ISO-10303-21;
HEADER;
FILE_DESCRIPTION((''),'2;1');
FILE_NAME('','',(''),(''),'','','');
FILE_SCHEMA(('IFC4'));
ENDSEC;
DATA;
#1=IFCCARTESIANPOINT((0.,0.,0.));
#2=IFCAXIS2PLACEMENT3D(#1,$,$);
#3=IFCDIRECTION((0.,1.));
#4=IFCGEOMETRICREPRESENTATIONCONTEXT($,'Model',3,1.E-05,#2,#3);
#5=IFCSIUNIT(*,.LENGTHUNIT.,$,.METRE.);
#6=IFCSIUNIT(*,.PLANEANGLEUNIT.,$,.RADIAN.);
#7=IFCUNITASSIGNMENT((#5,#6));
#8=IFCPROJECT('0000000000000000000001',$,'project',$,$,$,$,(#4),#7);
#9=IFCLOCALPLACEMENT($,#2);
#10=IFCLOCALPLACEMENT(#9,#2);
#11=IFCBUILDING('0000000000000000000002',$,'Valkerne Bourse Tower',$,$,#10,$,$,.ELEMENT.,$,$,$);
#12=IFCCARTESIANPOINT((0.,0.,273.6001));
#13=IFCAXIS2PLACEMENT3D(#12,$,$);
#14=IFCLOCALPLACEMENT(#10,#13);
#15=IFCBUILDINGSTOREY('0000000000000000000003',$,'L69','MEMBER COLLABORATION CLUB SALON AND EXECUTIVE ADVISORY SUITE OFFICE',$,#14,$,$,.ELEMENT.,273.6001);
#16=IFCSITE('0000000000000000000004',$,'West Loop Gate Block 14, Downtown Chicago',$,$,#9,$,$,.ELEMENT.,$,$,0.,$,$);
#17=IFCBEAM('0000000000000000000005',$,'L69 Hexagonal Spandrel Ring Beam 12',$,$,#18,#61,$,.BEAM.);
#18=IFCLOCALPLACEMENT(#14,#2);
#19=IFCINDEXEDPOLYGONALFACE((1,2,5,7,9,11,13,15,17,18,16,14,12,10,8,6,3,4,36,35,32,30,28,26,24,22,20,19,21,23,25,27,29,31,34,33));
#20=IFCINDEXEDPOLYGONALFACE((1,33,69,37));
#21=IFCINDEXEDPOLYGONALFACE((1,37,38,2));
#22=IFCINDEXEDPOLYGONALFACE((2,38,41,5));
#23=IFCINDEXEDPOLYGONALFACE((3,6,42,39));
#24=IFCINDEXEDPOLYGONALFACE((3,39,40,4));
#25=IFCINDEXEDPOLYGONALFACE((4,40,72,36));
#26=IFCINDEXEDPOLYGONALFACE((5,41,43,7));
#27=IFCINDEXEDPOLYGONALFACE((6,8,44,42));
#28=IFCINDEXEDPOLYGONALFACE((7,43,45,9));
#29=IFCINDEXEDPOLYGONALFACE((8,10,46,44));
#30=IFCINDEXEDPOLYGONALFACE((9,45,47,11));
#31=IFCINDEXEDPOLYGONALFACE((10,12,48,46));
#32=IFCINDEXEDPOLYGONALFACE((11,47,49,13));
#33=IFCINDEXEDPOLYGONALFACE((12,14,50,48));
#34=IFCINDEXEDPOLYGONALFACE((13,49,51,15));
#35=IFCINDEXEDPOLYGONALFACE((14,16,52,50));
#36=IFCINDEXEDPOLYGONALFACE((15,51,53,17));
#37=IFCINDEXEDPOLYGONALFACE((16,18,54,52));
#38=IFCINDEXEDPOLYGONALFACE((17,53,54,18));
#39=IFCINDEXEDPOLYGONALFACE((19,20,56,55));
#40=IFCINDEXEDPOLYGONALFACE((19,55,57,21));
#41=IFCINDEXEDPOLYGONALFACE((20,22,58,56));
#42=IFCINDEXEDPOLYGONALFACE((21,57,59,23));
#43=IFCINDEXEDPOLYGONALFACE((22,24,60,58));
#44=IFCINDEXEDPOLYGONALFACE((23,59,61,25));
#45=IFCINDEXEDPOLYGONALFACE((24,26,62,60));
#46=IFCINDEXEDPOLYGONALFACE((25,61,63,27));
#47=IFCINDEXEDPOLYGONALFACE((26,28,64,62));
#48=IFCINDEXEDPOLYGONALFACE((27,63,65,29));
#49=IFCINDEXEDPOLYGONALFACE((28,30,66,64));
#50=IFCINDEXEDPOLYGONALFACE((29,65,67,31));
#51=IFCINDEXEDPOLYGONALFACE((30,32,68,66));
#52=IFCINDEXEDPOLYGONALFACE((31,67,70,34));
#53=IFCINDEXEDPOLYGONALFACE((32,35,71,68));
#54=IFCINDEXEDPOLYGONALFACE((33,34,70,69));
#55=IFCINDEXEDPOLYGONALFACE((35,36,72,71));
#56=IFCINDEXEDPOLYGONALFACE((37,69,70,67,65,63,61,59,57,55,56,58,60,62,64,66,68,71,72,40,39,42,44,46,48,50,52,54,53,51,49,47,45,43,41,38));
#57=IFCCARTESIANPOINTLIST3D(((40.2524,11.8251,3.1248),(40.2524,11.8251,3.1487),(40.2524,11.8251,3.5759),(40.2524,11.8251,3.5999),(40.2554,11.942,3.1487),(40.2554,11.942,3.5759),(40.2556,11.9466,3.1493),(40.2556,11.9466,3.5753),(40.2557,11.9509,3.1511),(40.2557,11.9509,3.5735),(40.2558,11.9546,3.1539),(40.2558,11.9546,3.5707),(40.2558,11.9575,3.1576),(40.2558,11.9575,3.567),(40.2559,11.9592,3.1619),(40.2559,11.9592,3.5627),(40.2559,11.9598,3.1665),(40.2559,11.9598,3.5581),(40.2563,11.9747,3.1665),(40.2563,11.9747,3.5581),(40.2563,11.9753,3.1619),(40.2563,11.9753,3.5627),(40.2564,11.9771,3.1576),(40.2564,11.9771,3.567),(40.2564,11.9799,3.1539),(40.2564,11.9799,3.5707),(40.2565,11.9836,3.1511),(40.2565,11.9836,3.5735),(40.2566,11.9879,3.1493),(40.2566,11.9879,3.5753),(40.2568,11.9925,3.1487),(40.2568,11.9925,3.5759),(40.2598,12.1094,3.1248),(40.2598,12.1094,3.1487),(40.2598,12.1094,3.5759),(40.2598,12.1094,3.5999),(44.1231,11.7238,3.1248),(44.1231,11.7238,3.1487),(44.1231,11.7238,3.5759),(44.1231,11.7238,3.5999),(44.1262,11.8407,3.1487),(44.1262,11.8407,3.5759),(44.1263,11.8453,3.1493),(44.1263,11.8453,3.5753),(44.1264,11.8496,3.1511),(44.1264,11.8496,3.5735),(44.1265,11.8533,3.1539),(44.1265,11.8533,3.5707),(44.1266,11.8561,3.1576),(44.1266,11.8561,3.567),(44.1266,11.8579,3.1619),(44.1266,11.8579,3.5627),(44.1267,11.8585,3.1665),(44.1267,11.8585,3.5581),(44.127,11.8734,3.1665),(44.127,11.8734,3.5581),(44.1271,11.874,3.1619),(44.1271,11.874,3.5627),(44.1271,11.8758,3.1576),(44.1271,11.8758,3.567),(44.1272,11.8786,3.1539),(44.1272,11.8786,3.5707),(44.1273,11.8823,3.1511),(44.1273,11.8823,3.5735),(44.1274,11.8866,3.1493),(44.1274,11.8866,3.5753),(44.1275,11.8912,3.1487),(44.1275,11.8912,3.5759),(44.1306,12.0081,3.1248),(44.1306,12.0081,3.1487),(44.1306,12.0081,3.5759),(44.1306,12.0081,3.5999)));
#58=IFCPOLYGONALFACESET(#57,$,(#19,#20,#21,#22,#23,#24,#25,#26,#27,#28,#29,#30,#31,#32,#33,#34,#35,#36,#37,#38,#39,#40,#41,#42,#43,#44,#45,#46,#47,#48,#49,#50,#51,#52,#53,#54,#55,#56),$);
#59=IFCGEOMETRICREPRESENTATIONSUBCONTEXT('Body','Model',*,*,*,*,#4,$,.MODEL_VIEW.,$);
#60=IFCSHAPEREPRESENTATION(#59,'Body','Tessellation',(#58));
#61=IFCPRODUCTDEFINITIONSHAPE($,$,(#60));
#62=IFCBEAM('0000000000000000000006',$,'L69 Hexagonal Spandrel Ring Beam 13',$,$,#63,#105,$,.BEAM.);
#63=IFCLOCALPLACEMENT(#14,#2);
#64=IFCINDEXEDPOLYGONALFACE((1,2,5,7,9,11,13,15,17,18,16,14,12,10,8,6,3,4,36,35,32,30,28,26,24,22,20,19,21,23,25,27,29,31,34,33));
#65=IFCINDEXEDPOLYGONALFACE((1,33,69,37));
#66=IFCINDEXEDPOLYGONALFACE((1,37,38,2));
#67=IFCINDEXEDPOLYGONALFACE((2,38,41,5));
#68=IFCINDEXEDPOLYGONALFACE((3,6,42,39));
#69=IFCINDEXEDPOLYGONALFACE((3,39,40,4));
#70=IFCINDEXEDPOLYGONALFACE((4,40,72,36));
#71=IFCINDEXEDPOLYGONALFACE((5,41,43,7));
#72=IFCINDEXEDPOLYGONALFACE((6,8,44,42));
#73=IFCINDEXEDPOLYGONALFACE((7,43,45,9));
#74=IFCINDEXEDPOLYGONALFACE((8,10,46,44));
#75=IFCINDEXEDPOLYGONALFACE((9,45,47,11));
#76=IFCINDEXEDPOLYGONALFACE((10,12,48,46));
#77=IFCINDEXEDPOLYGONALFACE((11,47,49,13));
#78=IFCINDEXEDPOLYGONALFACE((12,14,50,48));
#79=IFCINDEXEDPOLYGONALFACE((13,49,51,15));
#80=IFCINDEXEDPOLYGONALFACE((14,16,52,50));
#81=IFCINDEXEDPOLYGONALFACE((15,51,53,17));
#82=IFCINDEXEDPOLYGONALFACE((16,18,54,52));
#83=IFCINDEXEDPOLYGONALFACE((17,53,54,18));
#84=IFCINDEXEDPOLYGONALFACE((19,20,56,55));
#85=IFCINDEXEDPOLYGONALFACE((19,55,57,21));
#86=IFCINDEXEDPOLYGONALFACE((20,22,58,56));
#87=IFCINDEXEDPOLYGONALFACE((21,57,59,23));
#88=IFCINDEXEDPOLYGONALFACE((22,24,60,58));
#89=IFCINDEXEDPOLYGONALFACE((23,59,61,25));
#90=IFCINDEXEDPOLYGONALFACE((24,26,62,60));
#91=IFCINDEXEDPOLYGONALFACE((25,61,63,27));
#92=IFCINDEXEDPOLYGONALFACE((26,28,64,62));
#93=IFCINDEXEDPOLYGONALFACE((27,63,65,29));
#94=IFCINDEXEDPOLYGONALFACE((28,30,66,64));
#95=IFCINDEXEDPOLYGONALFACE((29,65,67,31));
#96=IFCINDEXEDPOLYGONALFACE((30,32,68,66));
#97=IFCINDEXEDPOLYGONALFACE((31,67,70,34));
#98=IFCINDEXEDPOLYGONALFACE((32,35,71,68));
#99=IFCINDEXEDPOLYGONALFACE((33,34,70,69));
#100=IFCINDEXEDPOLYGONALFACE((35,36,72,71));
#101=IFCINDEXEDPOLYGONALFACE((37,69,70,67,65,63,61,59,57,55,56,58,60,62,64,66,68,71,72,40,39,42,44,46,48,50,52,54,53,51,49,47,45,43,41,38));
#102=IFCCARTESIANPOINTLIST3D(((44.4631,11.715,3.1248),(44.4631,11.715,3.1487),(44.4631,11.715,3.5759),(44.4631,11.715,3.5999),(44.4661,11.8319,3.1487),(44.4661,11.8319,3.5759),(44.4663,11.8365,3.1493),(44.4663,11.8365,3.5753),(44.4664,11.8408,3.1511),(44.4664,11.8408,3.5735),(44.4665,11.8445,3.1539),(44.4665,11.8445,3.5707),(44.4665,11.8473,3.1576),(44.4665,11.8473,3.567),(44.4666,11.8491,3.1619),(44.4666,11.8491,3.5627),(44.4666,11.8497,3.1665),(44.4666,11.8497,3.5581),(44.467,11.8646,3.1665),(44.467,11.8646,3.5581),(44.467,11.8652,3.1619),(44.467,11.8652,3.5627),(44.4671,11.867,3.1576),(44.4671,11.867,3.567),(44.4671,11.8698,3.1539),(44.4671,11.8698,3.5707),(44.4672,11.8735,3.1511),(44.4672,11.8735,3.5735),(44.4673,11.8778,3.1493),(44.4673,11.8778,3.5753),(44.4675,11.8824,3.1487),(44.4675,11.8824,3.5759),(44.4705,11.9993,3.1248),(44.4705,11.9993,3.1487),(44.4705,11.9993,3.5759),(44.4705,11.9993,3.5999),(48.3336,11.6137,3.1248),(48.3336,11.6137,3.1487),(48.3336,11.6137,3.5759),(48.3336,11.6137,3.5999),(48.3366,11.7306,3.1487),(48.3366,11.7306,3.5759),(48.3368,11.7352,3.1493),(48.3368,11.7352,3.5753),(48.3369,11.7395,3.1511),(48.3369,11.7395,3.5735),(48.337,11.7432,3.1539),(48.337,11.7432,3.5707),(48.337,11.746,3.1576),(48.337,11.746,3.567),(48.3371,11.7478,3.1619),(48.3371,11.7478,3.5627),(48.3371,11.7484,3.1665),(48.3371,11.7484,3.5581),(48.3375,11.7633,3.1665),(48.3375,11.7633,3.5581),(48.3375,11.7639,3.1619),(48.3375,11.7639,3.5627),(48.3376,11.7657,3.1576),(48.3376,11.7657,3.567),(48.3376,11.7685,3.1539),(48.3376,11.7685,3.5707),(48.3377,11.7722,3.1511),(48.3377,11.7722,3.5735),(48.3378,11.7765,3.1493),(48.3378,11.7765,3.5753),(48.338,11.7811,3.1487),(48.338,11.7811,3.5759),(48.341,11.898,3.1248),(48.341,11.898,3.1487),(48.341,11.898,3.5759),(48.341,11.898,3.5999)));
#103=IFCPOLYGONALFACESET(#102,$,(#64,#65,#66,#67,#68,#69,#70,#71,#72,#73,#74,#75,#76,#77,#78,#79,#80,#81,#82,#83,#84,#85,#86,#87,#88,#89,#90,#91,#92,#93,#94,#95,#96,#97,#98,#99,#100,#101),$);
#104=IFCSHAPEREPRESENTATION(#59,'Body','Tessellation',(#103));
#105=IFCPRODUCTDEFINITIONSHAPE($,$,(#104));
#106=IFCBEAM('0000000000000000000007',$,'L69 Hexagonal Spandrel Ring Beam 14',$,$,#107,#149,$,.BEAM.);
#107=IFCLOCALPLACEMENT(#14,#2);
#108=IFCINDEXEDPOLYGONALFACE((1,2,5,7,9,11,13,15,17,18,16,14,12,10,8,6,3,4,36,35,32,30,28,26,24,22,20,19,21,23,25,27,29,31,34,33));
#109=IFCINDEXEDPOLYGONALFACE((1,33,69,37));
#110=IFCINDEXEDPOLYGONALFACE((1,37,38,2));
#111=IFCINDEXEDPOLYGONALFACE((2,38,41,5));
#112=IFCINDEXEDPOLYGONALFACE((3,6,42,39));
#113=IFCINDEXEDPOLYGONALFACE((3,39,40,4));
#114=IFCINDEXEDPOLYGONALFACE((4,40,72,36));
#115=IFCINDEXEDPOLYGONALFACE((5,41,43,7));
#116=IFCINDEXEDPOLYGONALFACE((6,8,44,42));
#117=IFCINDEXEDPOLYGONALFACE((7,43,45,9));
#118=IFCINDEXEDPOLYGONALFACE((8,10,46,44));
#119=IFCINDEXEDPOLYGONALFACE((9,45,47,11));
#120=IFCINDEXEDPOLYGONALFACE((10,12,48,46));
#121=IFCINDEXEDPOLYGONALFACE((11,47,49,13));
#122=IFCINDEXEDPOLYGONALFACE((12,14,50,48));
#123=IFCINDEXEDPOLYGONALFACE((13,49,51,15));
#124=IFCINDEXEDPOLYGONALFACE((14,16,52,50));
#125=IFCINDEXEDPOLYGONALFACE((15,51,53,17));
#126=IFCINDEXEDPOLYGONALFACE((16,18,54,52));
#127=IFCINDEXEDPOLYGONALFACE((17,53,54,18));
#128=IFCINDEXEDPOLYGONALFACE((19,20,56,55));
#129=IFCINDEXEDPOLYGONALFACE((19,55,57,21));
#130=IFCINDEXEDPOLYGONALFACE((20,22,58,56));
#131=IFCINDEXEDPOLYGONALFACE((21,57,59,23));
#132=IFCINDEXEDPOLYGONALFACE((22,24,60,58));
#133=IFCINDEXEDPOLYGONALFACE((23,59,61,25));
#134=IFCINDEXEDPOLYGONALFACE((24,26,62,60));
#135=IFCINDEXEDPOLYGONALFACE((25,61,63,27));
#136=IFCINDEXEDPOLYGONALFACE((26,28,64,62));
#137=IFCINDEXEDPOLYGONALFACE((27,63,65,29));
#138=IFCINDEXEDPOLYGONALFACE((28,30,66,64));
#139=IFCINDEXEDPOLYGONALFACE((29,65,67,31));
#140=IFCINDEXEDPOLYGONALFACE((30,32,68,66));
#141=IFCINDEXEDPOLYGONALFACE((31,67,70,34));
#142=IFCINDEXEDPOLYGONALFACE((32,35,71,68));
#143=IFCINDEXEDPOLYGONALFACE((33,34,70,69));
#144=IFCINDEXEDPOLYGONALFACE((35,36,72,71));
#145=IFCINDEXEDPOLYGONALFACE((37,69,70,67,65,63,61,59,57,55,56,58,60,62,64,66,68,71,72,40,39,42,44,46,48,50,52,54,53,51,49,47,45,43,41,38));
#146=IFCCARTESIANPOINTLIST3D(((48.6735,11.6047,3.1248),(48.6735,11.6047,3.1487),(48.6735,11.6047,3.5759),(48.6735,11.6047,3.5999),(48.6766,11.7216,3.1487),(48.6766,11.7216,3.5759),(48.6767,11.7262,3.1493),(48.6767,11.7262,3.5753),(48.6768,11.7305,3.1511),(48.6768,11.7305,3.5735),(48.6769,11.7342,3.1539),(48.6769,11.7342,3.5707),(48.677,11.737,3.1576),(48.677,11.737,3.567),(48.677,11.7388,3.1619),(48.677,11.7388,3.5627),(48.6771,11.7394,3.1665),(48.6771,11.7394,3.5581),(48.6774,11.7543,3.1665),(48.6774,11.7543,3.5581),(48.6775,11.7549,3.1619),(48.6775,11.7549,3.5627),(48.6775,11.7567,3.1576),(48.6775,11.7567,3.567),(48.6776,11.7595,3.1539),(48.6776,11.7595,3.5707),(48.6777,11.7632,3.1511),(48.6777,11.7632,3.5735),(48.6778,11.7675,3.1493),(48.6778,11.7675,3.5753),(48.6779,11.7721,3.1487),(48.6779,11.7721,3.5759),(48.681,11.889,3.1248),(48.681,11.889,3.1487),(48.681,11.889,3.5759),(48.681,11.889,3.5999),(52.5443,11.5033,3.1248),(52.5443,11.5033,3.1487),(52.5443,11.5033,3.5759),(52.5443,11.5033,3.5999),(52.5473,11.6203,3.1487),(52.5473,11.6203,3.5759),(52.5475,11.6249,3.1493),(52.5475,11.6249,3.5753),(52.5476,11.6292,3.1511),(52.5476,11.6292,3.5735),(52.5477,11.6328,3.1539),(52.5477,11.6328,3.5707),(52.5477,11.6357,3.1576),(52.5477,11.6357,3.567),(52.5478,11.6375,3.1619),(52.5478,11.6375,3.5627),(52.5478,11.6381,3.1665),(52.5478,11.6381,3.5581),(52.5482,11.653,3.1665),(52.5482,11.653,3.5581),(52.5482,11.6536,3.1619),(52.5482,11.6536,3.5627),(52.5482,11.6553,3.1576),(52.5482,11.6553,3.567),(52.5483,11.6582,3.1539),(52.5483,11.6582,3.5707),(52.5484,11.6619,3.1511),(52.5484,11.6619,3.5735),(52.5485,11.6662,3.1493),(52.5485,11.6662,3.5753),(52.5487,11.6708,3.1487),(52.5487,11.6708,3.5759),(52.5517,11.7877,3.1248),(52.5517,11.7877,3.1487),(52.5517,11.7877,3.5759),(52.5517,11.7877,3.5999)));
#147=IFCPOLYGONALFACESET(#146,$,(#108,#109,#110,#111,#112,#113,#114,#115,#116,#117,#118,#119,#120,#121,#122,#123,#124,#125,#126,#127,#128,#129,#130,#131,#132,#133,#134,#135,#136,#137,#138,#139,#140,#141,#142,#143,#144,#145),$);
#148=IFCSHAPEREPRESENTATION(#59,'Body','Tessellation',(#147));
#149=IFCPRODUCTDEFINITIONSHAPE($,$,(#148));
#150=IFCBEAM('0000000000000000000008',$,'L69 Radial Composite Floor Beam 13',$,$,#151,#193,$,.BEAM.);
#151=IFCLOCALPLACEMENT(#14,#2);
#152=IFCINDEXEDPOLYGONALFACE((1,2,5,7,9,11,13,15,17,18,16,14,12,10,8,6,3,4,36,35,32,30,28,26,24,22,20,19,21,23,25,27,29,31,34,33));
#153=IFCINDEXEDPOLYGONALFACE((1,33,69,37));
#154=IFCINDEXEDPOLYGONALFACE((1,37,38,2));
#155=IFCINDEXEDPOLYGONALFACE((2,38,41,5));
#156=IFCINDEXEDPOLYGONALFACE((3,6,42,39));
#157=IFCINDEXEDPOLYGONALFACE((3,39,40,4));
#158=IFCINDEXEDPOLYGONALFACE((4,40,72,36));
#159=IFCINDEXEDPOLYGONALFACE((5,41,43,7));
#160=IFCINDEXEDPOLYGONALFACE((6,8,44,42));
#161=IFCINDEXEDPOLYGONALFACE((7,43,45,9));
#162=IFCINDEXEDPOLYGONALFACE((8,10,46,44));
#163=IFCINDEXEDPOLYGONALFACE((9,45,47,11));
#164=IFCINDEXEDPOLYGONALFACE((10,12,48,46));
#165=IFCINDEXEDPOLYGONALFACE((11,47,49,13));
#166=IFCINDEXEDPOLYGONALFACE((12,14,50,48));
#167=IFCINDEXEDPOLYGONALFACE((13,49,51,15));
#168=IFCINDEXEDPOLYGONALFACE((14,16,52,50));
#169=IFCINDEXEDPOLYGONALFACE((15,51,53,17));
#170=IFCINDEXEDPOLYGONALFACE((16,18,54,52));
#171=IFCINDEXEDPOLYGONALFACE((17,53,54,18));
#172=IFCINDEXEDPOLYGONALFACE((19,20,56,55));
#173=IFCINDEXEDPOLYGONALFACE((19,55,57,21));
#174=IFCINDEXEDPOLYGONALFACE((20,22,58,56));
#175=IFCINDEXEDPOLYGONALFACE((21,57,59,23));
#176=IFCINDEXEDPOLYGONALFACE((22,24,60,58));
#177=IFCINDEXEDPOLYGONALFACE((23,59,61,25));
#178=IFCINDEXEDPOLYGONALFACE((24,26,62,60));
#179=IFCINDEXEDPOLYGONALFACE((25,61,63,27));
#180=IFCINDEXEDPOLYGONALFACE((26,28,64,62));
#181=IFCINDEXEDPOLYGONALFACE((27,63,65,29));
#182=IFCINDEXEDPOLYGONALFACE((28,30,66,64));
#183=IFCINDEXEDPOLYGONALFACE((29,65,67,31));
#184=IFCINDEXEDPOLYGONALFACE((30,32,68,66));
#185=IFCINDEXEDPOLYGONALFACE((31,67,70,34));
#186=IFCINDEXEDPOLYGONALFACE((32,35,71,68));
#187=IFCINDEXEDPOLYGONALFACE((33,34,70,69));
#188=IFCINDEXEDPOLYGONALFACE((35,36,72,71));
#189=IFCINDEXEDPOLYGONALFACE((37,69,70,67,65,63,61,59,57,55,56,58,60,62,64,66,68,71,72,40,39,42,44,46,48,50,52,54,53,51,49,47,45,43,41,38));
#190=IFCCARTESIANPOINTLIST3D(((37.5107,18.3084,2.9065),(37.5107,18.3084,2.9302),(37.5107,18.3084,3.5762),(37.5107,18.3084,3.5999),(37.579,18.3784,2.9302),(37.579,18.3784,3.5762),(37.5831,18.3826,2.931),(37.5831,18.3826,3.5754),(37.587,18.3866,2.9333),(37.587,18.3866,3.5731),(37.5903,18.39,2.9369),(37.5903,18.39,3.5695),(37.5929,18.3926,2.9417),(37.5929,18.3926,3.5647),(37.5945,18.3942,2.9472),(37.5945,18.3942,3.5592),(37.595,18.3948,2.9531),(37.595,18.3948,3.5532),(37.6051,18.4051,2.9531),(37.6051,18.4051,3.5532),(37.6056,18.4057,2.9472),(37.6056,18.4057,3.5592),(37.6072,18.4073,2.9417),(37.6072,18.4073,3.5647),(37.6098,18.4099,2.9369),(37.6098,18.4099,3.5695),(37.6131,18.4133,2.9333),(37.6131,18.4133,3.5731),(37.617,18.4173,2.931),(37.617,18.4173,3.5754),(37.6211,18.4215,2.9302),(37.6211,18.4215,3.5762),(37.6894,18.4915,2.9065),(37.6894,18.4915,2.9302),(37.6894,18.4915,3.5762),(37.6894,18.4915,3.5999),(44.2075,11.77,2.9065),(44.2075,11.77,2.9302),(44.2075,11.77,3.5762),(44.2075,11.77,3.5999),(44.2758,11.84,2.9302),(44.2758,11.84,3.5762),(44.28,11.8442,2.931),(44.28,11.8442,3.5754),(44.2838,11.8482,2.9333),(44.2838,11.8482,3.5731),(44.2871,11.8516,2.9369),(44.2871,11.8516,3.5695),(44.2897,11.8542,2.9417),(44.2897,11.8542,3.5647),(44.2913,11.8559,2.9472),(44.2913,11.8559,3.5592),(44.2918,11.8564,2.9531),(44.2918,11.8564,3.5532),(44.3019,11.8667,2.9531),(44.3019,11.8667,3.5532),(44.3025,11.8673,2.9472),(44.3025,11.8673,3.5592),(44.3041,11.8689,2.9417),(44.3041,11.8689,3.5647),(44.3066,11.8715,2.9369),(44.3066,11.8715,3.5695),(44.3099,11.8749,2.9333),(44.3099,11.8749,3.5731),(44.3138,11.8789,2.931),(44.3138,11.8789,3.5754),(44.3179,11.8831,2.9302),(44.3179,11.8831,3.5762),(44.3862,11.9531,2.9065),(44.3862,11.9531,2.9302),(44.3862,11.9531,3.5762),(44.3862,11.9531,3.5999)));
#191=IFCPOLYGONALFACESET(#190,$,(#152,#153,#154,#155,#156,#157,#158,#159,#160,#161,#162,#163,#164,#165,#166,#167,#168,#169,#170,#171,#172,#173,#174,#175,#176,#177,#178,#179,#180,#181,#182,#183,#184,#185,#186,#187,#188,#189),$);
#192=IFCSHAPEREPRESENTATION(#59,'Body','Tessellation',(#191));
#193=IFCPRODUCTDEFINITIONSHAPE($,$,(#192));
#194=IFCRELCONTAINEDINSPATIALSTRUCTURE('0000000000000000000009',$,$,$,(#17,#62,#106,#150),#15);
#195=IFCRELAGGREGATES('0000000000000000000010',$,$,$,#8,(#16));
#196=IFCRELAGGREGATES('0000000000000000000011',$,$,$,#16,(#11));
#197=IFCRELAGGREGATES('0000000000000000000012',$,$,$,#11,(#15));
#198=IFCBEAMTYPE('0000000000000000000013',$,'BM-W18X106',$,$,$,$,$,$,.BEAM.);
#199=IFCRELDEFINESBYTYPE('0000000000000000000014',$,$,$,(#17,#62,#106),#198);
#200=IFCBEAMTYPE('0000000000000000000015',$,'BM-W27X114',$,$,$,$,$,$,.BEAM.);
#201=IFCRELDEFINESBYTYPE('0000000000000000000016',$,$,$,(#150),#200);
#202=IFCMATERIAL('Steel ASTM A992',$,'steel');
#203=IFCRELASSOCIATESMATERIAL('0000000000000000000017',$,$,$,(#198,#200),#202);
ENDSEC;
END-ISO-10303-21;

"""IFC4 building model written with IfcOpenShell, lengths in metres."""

from ifc_helpers import new_model, si_unit, direction, frame, origin, origin_2d, place, context, subcontext, project, spatial, i_section, extrude, material, material_profile, profile_set, type_object, element, save


model = new_model("IFC4")

# Units and contexts
model_context = context("Model", 3, precision=1e-05, world=origin(), true_north=direction((0.0, 1.0)))
body_context = subcontext(model_context, "Body", "Model", "MODEL_VIEW")
ifc_project = project(units=[si_unit("LENGTHUNIT", "METRE"), si_unit("PLANEANGLEUNIT", "RADIAN")], contexts=[model_context])

# Site, building, storey
site_placement = place(None, origin())
site = spatial("IfcSite", under=ifc_project, at=site_placement, Name="West Loop Gate Block 14, Downtown Chicago", CompositionType="ELEMENT", RefElevation=0.0)
building_placement = place(site_placement, origin())
building = spatial("IfcBuilding", under=site, at=building_placement, Name="Valkerne Bourse Tower", CompositionType="ELEMENT")
storey_placement = place(building_placement, frame((0.0, 0.0, 273.6001)))
storey = spatial("IfcBuildingStorey", under=building, at=storey_placement, Name="L69", Description="MEMBER COLLABORATION CLUB SALON AND EXECUTIVE ADVISORY SUITE OFFICE", CompositionType="ELEMENT", Elevation=273.6001)

# Beams
ifc_material_1 = material(Name="Steel ASTM A992", Category="steel")
ifc_material_profile_1 = material_profile(ifc_material_1, i_section(OverallWidth=0.2844, OverallDepth=0.4751, WebThickness=0.0149, FlangeThickness=0.0239, FilletRadius=0.0178, at=origin_2d()), Name="W18X106")
ifc_profile_set_1 = profile_set([ifc_material_profile_1], Name="Steel ASTM A992")
beam_type_1 = type_object("IfcBeamType", Name="BM-W18X106", PredefinedType="BEAM", material=ifc_profile_set_1)
beam_1_placement = place(storey_placement, frame((40.2561, 11.9673, 3.3623), z_axis=(0.999658, -0.026166, 0.0), x_axis=(0.026166, 0.999658, 0.0)))
element("IfcBeam", 1, at=beam_1_placement, inside=storey, type_object=beam_type_1, Name="L69 Hexagonal Spandrel Ring Beam 12", PredefinedType="BEAM", context=body_context, shape_type="SweptSolid", body=[
    extrude(i_section(OverallWidth=0.2844, OverallDepth=0.4751, WebThickness=0.0149, FlangeThickness=0.0239, FilletRadius=0.0178, at=origin_2d()), origin(), (0.0, 0.0, 1.0), 3.8721),
])
beam_2_placement = place(storey_placement, frame((44.4668, 11.8572, 3.3623), z_axis=(0.999658, -0.026167, 0.0), x_axis=(0.026167, 0.999658, 0.0)))
element("IfcBeam", 2, at=beam_2_placement, inside=storey, type_object=beam_type_1, Name="L69 Hexagonal Spandrel Ring Beam 13", PredefinedType="BEAM", context=body_context, shape_type="SweptSolid", body=[
    extrude(i_section(OverallWidth=0.2844, OverallDepth=0.4751, WebThickness=0.0149, FlangeThickness=0.0239, FilletRadius=0.0178, at=origin_2d()), origin(), (0.0, 0.0, 1.0), 3.8718),
])
beam_3_placement = place(storey_placement, frame((48.6772, 11.7468, 3.3623), z_axis=(0.999658, -0.026166, 0.0), x_axis=(0.026166, 0.999658, 0.0)))
element("IfcBeam", 3, at=beam_3_placement, inside=storey, type_object=beam_type_1, Name="L69 Hexagonal Spandrel Ring Beam 14", PredefinedType="BEAM", context=body_context, shape_type="SweptSolid", body=[
    extrude(i_section(OverallWidth=0.2844, OverallDepth=0.4751, WebThickness=0.0149, FlangeThickness=0.0239, FilletRadius=0.0178, at=origin_2d()), origin(), (0.0, 0.0, 1.0), 3.8721),
])
ifc_material_profile_2 = material_profile(ifc_material_1, i_section(OverallWidth=0.2559, OverallDepth=0.6934, WebThickness=0.0144, FlangeThickness=0.0237, FilletRadius=0.0229, at=origin_2d()), Name="W27X114")
ifc_profile_set_2 = profile_set([ifc_material_profile_2], Name="Steel ASTM A992")
beam_type_2 = type_object("IfcBeamType", Name="BM-W27X114", PredefinedType="BEAM", material=ifc_profile_set_2)
beam_4_placement = place(storey_placement, frame((44.2969, 11.8616, 3.2532), z_axis=(-0.715521, 0.698591, 0.0), x_axis=(-0.698591, -0.715521, 0.0)))
element("IfcBeam", 4, at=beam_4_placement, inside=storey, type_object=beam_type_2, Name="L69 Radial Composite Floor Beam 13", PredefinedType="BEAM", context=body_context, shape_type="SweptSolid", body=[
    extrude(i_section(OverallWidth=0.2559, OverallDepth=0.6934, WebThickness=0.0144, FlangeThickness=0.0237, FilletRadius=0.0229, at=origin_2d()), origin(), (0.0, 0.0, 1.0), 9.3594),
])

save(model, "model.ifc")
